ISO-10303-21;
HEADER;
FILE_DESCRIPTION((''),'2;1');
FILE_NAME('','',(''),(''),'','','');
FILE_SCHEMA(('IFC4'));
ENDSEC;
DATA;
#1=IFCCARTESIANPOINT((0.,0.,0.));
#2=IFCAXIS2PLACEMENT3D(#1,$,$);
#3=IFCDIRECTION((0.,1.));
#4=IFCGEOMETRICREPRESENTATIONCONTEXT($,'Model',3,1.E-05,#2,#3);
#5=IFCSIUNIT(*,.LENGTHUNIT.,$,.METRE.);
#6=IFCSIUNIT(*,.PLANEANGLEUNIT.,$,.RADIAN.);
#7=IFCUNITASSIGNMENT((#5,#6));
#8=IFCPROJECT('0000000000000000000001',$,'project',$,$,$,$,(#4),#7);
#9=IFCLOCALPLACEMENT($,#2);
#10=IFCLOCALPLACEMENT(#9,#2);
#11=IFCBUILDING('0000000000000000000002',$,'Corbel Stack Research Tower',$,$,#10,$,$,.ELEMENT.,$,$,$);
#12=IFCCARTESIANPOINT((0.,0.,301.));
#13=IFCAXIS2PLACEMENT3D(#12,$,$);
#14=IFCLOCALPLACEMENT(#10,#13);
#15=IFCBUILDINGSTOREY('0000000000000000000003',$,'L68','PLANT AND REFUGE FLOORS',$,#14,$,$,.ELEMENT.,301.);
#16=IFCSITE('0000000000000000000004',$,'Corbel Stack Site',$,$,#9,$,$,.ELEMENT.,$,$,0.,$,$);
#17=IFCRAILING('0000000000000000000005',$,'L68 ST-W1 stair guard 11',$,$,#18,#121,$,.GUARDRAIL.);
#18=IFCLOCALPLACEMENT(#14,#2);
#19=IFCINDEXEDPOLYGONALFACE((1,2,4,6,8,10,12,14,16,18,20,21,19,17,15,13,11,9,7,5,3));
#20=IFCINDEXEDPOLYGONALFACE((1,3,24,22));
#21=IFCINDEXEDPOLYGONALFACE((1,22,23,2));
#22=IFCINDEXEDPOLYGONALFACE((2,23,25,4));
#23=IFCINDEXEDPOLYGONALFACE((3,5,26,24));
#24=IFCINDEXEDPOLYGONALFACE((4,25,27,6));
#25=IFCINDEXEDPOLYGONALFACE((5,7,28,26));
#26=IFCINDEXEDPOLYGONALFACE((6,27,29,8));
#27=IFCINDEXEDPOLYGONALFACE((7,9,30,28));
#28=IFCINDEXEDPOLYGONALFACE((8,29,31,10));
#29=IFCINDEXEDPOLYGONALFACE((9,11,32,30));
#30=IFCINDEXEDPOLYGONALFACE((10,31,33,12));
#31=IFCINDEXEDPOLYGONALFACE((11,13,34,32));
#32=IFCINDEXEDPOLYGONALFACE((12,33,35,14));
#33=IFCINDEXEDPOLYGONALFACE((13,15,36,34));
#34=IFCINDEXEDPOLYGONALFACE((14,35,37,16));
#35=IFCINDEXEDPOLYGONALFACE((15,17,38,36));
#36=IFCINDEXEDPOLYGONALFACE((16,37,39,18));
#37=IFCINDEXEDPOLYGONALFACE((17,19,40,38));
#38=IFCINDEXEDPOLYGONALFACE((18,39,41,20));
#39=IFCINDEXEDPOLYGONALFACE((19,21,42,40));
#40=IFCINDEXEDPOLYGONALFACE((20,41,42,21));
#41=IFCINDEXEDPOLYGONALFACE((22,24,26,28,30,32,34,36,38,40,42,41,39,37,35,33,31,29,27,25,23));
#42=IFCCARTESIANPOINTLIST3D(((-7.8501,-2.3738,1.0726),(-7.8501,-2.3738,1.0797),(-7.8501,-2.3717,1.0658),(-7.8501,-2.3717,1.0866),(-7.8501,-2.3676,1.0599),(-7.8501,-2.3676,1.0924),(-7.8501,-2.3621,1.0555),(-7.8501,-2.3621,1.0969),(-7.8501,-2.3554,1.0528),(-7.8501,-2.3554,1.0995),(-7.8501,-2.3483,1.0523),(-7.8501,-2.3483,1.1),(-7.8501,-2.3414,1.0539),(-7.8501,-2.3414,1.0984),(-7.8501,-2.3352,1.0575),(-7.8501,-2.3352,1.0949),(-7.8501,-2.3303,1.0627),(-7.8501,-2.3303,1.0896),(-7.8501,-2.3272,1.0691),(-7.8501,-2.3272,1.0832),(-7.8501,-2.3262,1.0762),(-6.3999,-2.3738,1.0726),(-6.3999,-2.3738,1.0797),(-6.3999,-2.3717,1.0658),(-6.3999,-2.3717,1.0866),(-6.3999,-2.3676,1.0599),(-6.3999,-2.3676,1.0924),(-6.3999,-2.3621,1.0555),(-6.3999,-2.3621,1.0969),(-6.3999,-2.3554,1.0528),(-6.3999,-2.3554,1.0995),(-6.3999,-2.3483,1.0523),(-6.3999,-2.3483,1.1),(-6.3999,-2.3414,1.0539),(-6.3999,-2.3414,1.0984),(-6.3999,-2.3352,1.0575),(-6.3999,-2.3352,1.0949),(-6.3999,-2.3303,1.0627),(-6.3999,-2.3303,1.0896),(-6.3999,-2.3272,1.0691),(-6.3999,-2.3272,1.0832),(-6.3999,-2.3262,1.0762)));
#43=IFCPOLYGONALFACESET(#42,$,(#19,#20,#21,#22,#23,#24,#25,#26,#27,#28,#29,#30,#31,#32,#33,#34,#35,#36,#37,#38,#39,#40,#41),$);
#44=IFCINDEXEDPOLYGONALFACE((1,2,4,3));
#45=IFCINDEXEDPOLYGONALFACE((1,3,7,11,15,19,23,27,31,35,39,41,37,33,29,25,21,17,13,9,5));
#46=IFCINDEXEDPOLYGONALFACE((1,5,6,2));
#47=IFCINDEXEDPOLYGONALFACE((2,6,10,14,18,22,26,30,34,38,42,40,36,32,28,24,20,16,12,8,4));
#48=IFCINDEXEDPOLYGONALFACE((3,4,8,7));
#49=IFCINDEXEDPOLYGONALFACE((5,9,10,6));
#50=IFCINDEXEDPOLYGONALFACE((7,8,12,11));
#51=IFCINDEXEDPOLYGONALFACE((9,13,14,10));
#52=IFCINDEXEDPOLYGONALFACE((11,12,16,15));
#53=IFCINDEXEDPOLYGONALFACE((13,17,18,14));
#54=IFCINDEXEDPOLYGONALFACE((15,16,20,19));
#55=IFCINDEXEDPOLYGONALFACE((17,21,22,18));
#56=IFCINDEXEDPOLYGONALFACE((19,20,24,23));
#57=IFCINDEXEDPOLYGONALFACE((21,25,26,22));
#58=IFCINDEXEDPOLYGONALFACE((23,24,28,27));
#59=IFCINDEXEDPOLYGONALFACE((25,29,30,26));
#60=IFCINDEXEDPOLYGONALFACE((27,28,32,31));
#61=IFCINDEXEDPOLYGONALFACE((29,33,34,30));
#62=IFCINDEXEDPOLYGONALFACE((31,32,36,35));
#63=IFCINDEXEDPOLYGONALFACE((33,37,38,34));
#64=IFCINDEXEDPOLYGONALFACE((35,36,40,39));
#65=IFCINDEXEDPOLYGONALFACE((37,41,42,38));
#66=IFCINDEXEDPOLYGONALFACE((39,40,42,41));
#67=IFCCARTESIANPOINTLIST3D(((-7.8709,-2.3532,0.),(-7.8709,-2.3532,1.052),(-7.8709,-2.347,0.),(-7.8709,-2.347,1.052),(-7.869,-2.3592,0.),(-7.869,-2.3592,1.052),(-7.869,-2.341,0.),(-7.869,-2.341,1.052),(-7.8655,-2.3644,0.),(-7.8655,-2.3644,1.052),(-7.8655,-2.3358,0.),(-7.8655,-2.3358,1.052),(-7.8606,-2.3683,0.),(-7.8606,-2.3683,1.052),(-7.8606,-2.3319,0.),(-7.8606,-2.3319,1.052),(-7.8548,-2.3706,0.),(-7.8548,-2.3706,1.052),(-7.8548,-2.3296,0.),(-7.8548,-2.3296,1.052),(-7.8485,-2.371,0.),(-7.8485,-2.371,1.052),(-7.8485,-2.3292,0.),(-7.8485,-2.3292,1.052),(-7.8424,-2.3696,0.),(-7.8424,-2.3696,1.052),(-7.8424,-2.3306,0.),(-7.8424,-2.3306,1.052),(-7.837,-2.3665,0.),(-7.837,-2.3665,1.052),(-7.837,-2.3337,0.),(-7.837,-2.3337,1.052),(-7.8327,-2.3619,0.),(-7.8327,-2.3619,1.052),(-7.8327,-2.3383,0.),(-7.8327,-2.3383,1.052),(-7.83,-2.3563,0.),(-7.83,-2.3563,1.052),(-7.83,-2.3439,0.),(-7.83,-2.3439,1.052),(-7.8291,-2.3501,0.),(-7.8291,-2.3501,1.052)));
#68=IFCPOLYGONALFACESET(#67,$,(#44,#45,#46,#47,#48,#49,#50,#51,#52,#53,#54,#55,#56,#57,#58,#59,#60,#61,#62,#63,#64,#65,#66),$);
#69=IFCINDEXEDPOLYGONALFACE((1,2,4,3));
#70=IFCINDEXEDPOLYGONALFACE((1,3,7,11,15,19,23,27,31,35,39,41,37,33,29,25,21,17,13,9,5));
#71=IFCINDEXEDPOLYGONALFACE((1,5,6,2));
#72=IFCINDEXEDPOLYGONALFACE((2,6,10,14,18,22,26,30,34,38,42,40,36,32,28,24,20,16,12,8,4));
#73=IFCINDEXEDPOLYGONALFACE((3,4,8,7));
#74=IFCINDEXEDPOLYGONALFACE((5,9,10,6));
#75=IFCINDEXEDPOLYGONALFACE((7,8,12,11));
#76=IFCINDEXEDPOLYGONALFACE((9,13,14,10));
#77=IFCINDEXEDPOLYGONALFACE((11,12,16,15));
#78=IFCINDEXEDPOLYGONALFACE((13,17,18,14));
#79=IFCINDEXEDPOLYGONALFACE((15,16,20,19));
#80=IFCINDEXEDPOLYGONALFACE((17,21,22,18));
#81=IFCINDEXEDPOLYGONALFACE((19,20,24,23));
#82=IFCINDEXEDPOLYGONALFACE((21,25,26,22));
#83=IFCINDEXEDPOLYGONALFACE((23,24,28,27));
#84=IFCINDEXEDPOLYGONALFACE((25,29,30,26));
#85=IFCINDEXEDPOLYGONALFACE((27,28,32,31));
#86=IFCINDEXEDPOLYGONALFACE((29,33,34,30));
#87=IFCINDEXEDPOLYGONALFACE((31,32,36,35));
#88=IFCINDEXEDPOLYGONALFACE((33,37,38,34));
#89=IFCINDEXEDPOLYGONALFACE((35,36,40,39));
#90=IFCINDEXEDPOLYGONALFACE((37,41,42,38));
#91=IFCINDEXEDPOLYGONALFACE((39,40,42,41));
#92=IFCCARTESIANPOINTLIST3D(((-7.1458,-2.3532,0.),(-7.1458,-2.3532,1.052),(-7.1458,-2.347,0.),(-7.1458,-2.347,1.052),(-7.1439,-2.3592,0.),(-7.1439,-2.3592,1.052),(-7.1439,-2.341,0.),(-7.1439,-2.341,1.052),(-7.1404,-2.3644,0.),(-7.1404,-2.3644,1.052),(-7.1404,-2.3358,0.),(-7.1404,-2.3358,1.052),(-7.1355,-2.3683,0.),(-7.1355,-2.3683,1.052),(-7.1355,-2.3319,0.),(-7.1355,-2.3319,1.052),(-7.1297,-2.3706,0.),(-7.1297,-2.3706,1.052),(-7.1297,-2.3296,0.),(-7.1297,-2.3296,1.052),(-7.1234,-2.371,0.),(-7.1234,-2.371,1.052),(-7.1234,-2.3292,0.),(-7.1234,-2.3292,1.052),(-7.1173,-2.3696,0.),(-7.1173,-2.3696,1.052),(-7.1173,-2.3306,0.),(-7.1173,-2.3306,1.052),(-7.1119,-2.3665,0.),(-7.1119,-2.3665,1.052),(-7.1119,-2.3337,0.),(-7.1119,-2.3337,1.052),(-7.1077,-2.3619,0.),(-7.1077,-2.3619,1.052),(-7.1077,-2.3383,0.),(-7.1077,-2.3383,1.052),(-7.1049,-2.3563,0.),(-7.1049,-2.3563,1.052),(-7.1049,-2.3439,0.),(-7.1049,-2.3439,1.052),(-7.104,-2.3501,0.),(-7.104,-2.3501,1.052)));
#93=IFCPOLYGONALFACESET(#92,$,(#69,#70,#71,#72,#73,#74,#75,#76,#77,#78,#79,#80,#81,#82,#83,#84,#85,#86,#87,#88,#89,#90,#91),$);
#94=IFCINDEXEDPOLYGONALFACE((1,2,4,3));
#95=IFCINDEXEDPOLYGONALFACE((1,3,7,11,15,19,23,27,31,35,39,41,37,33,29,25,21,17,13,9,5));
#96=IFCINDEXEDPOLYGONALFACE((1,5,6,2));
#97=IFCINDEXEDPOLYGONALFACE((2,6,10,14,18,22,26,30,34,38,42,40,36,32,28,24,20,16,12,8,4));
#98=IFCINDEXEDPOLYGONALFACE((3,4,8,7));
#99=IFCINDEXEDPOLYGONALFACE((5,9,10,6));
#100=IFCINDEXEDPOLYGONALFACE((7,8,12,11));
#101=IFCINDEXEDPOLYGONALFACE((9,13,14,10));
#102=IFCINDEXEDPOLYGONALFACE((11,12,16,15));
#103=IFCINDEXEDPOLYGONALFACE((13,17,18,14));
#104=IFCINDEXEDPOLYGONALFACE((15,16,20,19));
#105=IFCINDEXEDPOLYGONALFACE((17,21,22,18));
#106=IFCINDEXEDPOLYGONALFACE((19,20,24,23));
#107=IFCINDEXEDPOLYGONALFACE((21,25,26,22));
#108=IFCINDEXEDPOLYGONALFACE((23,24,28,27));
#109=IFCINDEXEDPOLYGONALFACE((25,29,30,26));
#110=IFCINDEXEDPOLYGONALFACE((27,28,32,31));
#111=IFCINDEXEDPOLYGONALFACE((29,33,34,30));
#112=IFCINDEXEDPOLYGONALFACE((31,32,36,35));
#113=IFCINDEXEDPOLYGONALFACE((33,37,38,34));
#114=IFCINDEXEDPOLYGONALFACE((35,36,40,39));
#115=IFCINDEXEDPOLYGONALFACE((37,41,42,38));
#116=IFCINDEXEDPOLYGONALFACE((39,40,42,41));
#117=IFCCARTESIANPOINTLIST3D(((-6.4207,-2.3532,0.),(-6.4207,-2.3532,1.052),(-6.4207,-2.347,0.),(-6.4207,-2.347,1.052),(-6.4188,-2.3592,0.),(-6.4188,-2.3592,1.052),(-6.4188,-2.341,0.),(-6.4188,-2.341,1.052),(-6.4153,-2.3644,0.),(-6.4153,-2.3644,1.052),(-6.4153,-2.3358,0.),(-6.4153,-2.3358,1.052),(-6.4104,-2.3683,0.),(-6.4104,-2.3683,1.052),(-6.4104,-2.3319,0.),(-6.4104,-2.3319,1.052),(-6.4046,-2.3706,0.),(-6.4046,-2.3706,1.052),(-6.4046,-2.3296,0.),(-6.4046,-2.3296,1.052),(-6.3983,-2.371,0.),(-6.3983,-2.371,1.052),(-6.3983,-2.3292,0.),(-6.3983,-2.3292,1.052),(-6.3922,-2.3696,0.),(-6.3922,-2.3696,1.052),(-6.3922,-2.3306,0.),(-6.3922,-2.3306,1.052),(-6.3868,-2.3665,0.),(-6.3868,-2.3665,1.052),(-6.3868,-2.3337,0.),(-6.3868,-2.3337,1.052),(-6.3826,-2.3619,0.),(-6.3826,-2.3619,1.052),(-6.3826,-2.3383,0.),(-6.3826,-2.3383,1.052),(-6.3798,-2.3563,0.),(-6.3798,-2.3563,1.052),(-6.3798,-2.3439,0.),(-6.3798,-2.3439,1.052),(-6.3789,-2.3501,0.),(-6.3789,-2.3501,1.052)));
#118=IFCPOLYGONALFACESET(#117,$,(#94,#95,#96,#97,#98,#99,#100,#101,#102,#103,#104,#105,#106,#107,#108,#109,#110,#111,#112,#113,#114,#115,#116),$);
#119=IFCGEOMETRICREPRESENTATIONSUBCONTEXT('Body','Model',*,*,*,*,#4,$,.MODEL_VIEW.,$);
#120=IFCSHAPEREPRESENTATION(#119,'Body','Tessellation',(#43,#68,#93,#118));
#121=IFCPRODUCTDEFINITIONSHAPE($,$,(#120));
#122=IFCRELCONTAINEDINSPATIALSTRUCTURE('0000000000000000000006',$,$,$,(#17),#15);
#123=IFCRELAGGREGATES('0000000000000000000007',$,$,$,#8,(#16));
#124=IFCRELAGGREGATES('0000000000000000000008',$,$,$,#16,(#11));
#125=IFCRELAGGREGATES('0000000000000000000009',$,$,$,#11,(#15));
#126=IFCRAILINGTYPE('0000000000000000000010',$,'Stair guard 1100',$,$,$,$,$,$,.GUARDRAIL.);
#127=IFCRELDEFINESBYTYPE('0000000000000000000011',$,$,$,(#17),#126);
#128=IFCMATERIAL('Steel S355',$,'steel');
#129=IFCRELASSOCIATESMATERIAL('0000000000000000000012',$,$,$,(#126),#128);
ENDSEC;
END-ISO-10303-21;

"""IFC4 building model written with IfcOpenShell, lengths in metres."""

from ifc_helpers import new_model, si_unit, direction, frame, origin, origin_2d, place, context, subcontext, project, spatial, circle, extrude, material, type_object, element, save


model = new_model("IFC4")

# Units and contexts
model_context = context("Model", 3, precision=1e-05, world=origin(), true_north=direction((0.0, 1.0)))
body_context = subcontext(model_context, "Body", "Model", "MODEL_VIEW")
ifc_project = project(units=[si_unit("LENGTHUNIT", "METRE"), si_unit("PLANEANGLEUNIT", "RADIAN")], contexts=[model_context])

# Site, building, storey
site_placement = place(None, origin())
site = spatial("IfcSite", under=ifc_project, at=site_placement, Name="Corbel Stack Site", CompositionType="ELEMENT", RefElevation=0.0)
building_placement = place(site_placement, origin())
building = spatial("IfcBuilding", under=site, at=building_placement, Name="Corbel Stack Research Tower", CompositionType="ELEMENT")
storey_placement = place(building_placement, frame((0.0, 0.0, 301.0)))
storey = spatial("IfcBuildingStorey", under=building, at=storey_placement, Name="L68", Description="PLANT AND REFUGE FLOORS", CompositionType="ELEMENT", Elevation=301.0)

# Railing
ifc_material_1 = material(Name="Steel S355", Category="steel")
railing_type_1 = type_object("IfcRailingType", Name="Stair guard 1100", PredefinedType="GUARDRAIL", material=ifc_material_1)
railing_1_placement = place(storey_placement, frame((-7.8501, -2.3501, 0.0)))
element("IfcRailing", 1, at=railing_1_placement, inside=storey, type_object=railing_type_1, Name="L68 ST-W1 stair guard 11", PredefinedType="GUARDRAIL", context=body_context, shape_type="SweptSolid", body=[
    extrude(circle(Radius=0.0239, at=origin_2d()), frame((0.0, 0.0, 1.0762), z_axis=(1.0, 0.0, 0.0), x_axis=(0.0, 1.0, 0.0)), (0.0, 0.0, 1.0), 1.4502),
    extrude(circle(Radius=0.021, at=origin_2d()), origin(), (0.0, 0.0, 1.0), 1.052),
    extrude(circle(Radius=0.021, at=origin_2d()), frame((0.7251, 0.0, 0.0)), (0.0, 0.0, 1.0), 1.052),
    extrude(circle(Radius=0.021, at=origin_2d()), frame((1.4502, 0.0, 0.0)), (0.0, 0.0, 1.0), 1.052),
])

save(model, "model.ifc")
